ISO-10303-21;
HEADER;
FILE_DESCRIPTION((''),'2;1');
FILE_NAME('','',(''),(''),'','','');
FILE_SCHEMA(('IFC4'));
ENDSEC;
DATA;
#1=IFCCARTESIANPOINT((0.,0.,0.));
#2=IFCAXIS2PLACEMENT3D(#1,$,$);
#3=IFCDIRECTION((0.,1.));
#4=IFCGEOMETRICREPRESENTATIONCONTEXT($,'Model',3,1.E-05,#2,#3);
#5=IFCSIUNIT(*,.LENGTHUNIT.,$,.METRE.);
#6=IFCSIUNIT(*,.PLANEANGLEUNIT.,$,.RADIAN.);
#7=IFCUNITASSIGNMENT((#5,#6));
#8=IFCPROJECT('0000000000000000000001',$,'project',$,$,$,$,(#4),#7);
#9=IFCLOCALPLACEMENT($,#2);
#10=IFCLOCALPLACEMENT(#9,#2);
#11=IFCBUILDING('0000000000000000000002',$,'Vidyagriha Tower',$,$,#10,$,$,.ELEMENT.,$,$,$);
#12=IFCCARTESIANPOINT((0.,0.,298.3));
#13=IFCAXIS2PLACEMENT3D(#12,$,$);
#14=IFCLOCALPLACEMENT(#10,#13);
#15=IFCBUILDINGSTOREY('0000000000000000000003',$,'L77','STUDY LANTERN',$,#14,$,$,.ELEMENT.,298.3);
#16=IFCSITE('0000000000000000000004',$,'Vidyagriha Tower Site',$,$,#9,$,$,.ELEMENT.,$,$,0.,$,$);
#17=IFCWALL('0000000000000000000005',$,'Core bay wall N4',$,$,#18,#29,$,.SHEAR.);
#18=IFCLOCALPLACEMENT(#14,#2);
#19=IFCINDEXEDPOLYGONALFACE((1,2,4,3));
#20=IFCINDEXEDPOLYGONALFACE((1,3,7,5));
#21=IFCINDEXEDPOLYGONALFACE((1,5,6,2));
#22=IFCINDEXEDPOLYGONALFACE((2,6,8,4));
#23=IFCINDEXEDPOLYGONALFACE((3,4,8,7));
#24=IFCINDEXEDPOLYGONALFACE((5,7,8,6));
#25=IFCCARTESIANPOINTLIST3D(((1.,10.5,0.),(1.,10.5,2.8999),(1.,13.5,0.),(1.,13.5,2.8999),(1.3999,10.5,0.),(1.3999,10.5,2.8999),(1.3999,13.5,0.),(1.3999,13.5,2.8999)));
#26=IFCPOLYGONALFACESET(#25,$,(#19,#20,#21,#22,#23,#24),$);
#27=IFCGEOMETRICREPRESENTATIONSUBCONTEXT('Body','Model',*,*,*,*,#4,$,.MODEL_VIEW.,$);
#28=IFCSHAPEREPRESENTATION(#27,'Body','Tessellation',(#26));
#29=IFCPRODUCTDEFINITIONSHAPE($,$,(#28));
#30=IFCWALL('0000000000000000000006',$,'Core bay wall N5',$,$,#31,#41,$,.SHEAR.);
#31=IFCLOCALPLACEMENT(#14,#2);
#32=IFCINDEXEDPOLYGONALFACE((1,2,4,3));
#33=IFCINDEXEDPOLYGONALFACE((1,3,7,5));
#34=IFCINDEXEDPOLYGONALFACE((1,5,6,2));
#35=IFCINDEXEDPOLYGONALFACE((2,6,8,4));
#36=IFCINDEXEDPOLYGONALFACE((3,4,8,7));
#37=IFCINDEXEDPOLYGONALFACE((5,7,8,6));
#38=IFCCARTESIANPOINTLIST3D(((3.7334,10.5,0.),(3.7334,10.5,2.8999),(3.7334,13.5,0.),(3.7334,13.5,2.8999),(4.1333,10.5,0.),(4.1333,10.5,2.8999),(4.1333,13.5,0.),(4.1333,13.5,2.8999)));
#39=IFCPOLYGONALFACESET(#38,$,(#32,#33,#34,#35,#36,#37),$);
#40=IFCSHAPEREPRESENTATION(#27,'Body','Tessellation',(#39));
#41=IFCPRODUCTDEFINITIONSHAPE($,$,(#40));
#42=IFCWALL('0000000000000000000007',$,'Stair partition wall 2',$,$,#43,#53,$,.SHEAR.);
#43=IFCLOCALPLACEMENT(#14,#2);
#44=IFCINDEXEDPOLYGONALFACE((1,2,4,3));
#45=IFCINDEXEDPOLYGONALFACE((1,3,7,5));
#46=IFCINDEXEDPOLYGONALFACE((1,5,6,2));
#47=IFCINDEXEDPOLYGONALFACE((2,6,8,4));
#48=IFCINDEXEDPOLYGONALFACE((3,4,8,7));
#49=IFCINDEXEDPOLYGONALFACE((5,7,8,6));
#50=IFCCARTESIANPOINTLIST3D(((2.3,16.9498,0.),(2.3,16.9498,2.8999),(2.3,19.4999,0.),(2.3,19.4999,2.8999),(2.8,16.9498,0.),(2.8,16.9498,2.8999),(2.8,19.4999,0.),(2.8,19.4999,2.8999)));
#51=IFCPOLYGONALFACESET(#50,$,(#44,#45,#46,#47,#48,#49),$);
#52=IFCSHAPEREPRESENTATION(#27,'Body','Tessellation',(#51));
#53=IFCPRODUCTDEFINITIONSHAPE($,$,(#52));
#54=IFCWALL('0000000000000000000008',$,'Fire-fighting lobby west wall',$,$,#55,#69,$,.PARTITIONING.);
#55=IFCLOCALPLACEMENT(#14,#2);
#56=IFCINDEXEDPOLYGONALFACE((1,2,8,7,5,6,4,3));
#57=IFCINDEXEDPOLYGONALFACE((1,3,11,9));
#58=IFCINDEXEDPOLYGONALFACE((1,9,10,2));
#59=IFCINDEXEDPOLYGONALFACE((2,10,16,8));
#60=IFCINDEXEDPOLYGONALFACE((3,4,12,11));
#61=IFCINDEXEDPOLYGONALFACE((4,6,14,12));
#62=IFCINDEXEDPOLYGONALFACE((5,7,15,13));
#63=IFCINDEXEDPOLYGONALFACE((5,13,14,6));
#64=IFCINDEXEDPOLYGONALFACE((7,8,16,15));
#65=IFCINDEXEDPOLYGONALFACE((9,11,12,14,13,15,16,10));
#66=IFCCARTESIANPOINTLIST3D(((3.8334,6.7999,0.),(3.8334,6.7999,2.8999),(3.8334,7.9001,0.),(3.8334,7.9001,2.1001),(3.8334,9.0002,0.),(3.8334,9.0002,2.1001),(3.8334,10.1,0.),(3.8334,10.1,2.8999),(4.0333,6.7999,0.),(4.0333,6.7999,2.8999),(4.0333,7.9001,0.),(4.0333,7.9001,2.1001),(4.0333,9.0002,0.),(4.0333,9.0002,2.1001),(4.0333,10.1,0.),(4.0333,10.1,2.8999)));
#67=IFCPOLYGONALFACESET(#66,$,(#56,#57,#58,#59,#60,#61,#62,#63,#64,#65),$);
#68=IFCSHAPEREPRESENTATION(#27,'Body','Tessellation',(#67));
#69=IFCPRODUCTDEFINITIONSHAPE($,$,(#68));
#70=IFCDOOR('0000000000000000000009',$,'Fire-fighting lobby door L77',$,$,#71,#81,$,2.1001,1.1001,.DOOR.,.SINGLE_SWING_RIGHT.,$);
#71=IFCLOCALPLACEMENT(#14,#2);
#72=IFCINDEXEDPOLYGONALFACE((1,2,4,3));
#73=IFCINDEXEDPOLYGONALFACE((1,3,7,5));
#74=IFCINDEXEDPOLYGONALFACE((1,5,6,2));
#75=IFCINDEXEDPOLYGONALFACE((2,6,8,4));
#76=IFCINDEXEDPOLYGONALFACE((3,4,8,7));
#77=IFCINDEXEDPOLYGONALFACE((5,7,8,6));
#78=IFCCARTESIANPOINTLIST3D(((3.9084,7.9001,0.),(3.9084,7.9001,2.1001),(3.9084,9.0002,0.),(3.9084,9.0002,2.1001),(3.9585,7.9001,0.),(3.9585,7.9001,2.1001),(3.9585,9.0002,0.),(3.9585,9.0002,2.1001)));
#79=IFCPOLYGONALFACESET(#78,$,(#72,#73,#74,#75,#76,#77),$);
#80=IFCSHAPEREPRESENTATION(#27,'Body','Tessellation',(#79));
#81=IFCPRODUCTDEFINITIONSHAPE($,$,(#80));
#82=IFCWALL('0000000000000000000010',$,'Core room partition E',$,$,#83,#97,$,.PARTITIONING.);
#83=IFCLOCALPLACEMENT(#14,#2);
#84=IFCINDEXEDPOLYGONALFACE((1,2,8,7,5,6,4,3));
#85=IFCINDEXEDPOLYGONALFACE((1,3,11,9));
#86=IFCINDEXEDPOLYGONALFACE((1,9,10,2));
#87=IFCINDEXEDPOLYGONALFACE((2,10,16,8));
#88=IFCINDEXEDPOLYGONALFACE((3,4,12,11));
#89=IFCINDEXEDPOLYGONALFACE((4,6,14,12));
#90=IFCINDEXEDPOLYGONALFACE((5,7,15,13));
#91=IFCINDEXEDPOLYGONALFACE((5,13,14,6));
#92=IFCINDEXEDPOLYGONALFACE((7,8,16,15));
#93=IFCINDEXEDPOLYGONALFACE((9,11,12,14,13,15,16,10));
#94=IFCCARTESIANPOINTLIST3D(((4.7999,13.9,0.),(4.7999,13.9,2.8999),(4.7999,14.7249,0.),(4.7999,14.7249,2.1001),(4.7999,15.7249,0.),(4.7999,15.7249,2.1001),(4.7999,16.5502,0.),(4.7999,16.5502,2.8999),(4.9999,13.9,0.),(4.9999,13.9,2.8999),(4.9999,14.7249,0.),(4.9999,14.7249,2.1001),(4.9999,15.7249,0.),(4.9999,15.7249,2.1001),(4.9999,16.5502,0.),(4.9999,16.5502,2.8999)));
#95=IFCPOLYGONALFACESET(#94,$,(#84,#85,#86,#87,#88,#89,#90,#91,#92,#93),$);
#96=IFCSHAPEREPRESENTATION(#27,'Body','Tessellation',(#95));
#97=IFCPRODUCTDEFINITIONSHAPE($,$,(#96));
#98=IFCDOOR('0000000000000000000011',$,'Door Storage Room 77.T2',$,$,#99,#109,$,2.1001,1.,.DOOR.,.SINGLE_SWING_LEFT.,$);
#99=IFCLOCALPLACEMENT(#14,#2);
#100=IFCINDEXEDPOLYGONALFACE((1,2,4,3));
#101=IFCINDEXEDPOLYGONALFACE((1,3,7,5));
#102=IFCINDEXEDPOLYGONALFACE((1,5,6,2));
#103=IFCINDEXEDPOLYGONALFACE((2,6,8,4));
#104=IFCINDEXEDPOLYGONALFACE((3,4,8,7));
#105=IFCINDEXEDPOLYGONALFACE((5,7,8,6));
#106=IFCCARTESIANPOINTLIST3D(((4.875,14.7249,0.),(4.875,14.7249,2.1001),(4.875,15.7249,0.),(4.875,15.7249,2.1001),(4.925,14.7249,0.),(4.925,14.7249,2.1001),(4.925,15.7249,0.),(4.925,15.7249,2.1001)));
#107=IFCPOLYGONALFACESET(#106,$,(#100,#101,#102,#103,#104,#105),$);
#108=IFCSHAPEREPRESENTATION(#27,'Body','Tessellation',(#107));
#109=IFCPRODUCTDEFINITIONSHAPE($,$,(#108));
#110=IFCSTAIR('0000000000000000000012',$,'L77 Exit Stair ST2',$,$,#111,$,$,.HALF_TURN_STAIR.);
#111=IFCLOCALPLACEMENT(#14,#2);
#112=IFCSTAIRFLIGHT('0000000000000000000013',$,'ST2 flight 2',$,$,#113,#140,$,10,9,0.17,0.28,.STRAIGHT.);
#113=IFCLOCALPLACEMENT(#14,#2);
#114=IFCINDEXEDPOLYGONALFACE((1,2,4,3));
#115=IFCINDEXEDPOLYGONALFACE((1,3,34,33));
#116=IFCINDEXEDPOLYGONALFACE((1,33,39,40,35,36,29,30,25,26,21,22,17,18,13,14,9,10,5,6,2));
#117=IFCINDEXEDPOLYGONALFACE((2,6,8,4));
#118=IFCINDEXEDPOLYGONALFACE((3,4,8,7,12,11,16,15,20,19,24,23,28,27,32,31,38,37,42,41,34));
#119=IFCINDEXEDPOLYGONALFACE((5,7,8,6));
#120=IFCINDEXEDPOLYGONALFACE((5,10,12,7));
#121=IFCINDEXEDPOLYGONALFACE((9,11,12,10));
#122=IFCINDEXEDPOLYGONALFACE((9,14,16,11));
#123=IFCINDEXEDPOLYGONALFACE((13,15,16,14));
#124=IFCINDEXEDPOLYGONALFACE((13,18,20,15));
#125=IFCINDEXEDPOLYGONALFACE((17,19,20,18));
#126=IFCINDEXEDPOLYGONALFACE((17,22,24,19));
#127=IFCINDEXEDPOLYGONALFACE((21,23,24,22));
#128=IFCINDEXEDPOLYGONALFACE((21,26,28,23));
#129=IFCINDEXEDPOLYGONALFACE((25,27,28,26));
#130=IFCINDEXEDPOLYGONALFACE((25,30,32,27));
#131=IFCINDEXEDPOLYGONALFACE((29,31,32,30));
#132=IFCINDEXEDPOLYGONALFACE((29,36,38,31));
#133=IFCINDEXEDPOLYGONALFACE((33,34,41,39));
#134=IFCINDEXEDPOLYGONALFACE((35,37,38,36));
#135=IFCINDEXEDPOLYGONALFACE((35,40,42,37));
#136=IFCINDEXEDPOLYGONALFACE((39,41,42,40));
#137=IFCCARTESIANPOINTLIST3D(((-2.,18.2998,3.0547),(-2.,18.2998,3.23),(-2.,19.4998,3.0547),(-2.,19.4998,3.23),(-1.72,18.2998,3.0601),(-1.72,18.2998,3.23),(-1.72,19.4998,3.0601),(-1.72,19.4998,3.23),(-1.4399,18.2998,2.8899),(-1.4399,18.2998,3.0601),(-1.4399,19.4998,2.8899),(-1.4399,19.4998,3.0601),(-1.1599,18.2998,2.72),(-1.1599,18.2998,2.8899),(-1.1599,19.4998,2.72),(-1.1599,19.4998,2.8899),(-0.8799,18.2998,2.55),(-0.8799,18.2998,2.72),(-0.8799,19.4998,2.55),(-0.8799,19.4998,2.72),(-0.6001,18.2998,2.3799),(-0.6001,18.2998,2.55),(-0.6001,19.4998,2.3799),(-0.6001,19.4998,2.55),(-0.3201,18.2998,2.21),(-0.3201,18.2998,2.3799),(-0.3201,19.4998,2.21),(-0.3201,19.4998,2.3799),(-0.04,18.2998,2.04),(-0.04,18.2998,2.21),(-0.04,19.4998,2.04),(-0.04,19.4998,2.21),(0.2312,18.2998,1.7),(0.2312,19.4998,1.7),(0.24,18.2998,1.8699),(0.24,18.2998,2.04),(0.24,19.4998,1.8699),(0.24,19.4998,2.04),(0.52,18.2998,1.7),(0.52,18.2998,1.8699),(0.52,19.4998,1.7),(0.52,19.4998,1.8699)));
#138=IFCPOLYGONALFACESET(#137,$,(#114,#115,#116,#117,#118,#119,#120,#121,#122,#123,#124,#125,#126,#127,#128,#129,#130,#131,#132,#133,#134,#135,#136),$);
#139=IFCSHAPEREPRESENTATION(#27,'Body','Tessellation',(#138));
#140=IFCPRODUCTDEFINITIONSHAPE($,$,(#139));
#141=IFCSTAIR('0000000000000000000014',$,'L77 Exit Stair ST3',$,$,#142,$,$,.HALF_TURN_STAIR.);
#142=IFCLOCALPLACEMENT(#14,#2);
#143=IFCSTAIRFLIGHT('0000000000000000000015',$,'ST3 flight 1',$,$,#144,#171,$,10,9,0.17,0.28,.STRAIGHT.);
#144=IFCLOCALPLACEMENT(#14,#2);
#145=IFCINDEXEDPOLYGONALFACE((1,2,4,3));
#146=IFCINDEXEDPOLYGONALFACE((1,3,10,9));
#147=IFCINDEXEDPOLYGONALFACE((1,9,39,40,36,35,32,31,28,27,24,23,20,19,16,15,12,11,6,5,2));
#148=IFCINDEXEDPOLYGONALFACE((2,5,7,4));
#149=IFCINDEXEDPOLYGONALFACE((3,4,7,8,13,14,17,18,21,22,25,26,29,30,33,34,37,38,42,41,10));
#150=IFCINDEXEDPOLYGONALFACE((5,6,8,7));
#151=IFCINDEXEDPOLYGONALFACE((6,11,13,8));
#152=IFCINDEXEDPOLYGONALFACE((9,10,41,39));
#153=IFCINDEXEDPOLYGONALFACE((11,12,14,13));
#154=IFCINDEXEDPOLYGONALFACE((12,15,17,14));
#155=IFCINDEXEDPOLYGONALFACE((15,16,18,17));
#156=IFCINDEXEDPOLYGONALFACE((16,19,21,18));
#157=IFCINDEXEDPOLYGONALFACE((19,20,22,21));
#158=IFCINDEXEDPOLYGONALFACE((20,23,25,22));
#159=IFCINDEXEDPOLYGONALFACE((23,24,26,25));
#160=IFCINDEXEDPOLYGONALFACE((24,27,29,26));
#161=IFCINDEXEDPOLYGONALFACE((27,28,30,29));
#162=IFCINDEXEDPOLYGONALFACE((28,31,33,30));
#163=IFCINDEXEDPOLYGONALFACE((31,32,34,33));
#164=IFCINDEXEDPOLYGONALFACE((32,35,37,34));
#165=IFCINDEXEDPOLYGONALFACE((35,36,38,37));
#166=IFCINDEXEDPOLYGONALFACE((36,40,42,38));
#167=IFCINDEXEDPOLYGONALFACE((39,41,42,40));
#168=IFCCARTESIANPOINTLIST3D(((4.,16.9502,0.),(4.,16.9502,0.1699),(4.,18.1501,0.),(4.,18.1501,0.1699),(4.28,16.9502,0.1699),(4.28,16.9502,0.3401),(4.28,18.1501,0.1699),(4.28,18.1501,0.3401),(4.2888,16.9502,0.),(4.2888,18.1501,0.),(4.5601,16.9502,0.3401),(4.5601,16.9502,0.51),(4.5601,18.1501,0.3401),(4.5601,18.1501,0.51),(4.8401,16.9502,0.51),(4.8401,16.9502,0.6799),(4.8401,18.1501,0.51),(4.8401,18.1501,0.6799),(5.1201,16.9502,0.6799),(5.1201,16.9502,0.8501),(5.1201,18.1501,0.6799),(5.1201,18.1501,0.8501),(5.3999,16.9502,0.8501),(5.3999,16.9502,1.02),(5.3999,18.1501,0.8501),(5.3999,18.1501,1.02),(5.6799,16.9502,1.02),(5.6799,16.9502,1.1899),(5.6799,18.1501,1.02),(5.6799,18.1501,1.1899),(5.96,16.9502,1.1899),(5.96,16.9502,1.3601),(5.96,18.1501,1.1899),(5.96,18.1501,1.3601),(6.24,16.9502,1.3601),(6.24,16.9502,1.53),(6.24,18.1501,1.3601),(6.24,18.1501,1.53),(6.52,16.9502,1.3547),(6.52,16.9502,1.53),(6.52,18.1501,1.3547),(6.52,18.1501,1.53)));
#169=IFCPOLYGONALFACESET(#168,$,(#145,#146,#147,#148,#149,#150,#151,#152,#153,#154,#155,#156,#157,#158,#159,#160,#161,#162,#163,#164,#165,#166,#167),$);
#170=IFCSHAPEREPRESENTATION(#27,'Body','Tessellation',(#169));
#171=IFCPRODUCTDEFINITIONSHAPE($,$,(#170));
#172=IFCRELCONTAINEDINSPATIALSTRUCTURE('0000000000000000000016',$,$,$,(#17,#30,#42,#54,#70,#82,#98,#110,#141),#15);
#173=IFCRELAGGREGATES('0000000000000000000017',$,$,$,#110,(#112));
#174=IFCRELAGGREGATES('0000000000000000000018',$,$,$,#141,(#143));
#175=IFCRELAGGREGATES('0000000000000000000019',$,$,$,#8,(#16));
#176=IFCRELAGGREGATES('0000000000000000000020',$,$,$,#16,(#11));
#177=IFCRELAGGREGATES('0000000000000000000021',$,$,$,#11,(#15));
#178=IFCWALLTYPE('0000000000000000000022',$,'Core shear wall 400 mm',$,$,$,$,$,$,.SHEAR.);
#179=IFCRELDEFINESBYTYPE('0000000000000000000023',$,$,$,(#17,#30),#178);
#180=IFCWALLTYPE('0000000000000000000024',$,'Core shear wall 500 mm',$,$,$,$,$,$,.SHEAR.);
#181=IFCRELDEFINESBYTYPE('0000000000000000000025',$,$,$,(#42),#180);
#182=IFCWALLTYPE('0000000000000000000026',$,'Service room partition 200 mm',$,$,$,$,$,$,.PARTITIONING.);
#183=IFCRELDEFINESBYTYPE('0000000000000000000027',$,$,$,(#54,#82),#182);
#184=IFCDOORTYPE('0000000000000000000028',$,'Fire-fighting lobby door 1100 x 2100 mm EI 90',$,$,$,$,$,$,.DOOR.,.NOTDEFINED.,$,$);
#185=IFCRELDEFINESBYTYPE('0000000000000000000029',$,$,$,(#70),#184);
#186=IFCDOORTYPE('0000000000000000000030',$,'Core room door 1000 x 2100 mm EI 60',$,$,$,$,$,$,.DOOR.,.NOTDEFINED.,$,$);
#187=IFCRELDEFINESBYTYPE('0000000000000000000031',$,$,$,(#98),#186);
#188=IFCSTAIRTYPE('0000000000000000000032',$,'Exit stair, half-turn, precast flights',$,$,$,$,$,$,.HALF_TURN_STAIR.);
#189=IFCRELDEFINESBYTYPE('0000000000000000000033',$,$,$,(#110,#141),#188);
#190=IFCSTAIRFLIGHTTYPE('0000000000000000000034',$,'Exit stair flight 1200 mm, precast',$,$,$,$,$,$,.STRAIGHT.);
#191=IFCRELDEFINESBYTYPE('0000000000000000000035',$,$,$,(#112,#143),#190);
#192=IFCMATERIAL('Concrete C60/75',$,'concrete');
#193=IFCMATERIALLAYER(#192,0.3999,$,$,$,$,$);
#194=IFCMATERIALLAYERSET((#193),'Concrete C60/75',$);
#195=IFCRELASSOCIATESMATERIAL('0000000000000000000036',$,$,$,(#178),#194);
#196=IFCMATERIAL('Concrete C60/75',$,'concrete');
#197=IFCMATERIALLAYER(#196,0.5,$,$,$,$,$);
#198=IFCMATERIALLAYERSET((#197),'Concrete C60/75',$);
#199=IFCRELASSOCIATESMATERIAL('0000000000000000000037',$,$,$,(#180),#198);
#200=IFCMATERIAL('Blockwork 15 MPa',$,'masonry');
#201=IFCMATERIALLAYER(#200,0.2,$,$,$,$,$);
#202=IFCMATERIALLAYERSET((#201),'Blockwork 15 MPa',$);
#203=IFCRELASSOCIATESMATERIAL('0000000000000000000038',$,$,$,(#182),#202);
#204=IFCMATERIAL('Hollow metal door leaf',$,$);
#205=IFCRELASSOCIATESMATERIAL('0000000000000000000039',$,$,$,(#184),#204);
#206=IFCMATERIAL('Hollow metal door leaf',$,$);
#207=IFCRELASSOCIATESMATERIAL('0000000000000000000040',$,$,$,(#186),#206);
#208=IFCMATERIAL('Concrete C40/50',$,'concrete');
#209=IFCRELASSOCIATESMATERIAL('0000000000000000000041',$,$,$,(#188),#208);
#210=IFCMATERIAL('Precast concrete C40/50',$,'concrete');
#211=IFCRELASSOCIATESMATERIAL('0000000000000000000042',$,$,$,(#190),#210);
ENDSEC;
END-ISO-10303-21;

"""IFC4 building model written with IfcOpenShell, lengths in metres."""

from ifc_helpers import new_model, si_unit, direction, frame, frame_2d, origin, place, context, subcontext, project, spatial, polyline, rectangle, outline, extrude, material, layer, layer_set, type_object, element, fill, aggregate, save


model = new_model("IFC4")

# Units and contexts
model_context = context("Model", 3, precision=1e-05, world=origin(), true_north=direction((0.0, 1.0)))
body_context = subcontext(model_context, "Body", "Model", "MODEL_VIEW")
ifc_project = project(units=[si_unit("LENGTHUNIT", "METRE"), si_unit("PLANEANGLEUNIT", "RADIAN")], contexts=[model_context])

# Site, building, storey
site_placement = place(None, origin())
site = spatial("IfcSite", under=ifc_project, at=site_placement, Name="Vidyagriha Tower Site", CompositionType="ELEMENT", RefElevation=0.0)
building_placement = place(site_placement, origin())
building = spatial("IfcBuilding", under=site, at=building_placement, Name="Vidyagriha Tower", CompositionType="ELEMENT")
storey_placement = place(building_placement, frame((0.0, 0.0, 298.3)))
storey = spatial("IfcBuildingStorey", under=building, at=storey_placement, Name="L77", Description="STUDY LANTERN", CompositionType="ELEMENT", Elevation=298.3)

# Shared definitions
ifc_material_1 = material(Name="Concrete C60/75", Category="concrete")
ifc_layer_1 = layer(ifc_material_1, 0.3999)
ifc_layer_set_1 = layer_set([ifc_layer_1], Name="Concrete C60/75")
wall_type_1 = type_object("IfcWallType", Name="Core shear wall 400 mm", PredefinedType="SHEAR", material=ifc_layer_set_1)

# Walls
for number, where, z_axis, x_axis, name in (
    (1, (1.2, 10.5, 0.0), (0.0, 0.0, 1.0), (0.0, 1.0, 0.0), "Core bay wall N4"),
    (2, (3.9333, 10.5, 0.0), (0.0, 0.0, 1.0), (0.0, 1.0, 0.0), "Core bay wall N5"),
):
    element("IfcWall", number, at=place(storey_placement, frame(where, z_axis=z_axis, x_axis=x_axis)), inside=storey, type_object=wall_type_1, Name=name, PredefinedType="SHEAR", context=body_context, shape_type="SweptSolid", body=[
        extrude(rectangle(XDim=3.0, YDim=0.3999, at=frame_2d((1.5, 0.0))), origin(), (0.0, 0.0, 1.0), 2.8999),
    ])
ifc_material_2 = material(Name="Concrete C60/75", Category="concrete")
ifc_layer_2 = layer(ifc_material_2, 0.5)
ifc_layer_set_2 = layer_set([ifc_layer_2], Name="Concrete C60/75")
wall_type_2 = type_object("IfcWallType", Name="Core shear wall 500 mm", PredefinedType="SHEAR", material=ifc_layer_set_2)
wall_1_placement = place(storey_placement, frame((2.55, 16.95, 0.0), z_axis=(0.0, 0.0, 1.0), x_axis=(0.0, 1.0, 0.0)))
element("IfcWall", 3, at=wall_1_placement, inside=storey, type_object=wall_type_2, Name="Stair partition wall 2", PredefinedType="SHEAR", context=body_context, shape_type="SweptSolid", body=[
    extrude(rectangle(XDim=2.55, YDim=0.5, at=frame_2d((1.2749, 0.0))), origin(), (0.0, 0.0, 1.0), 2.8999),
])

# Walls, openings, doors
ifc_material_3 = material(Name="Blockwork 15 MPa", Category="masonry")
ifc_layer_3 = layer(ifc_material_3, 0.2)
ifc_layer_set_3 = layer_set([ifc_layer_3], Name="Blockwork 15 MPa")
wall_type_3 = type_object("IfcWallType", Name="Service room partition 200 mm", PredefinedType="PARTITIONING", material=ifc_layer_set_3)
wall_2_placement = place(storey_placement, frame((3.9333, 6.8, 0.0), z_axis=(0.0, 0.0, 1.0), x_axis=(0.0, 1.0, 0.0)))
wall_2 = element("IfcWall", 4, at=wall_2_placement, inside=storey, type_object=wall_type_3, Name="Fire-fighting lobby west wall", PredefinedType="PARTITIONING", context=body_context, shape_type="SweptSolid", body=[
    extrude(rectangle(XDim=3.3, YDim=0.2, at=frame_2d((1.6499, 0.0))), origin(), (0.0, 0.0, 1.0), 2.8999),
])
opening_1_placement = place(wall_2_placement, frame((1.1001, 0.0, 0.0)))
opening_1 = element("IfcOpeningElement", 5, at=opening_1_placement, cuts=wall_2, PredefinedType="OPENING", context=body_context, shape_type="SweptSolid", body=[
    extrude(rectangle(XDim=1.1001, YDim=2.1001, at=frame_2d((0.55, 1.05))), frame((0.0, 0.1099, 0.0), z_axis=(0.0, -1.0, 0.0), x_axis=(1.0, 0.0, 0.0)), (0.0, 0.0, 1.0), 0.22),
])
ifc_material_4 = material(Name="Hollow metal door leaf")
door_type_1 = type_object("IfcDoorType", Name="Fire-fighting lobby door 1100 x 2100 mm EI 90", OperationType="NOTDEFINED", PredefinedType="DOOR", material=ifc_material_4)
door_1_placement = place(opening_1_placement, origin())
door_1 = element("IfcDoor", 6, at=door_1_placement, inside=storey, type_object=door_type_1, Name="Fire-fighting lobby door L77", OperationType="SINGLE_SWING_RIGHT", OverallHeight=2.1001, OverallWidth=1.1001, PredefinedType="DOOR", context=body_context, shape_type="SweptSolid", body=[
    extrude(rectangle(XDim=1.1001, YDim=2.1001, at=frame_2d((0.55, 1.05))), frame((0.0, 0.0249, 0.0), z_axis=(0.0, -1.0, 0.0), x_axis=(1.0, 0.0, 0.0)), (0.0, 0.0, 1.0), 0.05),
])
fill(opening_1, door_1)
wall_3_placement = place(storey_placement, frame((4.8999, 13.8999, 0.0), z_axis=(0.0, 0.0, 1.0), x_axis=(0.0, 1.0, 0.0)))
wall_3 = element("IfcWall", 7, at=wall_3_placement, inside=storey, type_object=wall_type_3, Name="Core room partition E", PredefinedType="PARTITIONING", context=body_context, shape_type="SweptSolid", body=[
    extrude(rectangle(XDim=2.6501, YDim=0.2, at=frame_2d((1.3252, 0.0))), origin(), (0.0, 0.0, 1.0), 2.8999),
])
opening_2_placement = place(wall_3_placement, frame((0.825, 0.0, 0.0)))
opening_2 = element("IfcOpeningElement", 8, at=opening_2_placement, cuts=wall_3, PredefinedType="OPENING", context=body_context, shape_type="SweptSolid", body=[
    extrude(rectangle(XDim=1.0, YDim=2.1001, at=frame_2d((0.5, 1.05))), frame((0.0, 0.1099, 0.0), z_axis=(0.0, -1.0, 0.0), x_axis=(1.0, 0.0, 0.0)), (0.0, 0.0, 1.0), 0.22),
])
ifc_material_5 = material(Name="Hollow metal door leaf")
door_type_2 = type_object("IfcDoorType", Name="Core room door 1000 x 2100 mm EI 60", OperationType="NOTDEFINED", PredefinedType="DOOR", material=ifc_material_5)
door_2_placement = place(opening_2_placement, origin())
door_2 = element("IfcDoor", 9, at=door_2_placement, inside=storey, type_object=door_type_2, Name="Door Storage Room 77.T2", OperationType="SINGLE_SWING_LEFT", OverallHeight=2.1001, OverallWidth=1.0, PredefinedType="DOOR", context=body_context, shape_type="SweptSolid", body=[
    extrude(rectangle(XDim=1.0, YDim=2.1001, at=frame_2d((0.5, 1.05))), frame((0.0, 0.0249, 0.0), z_axis=(0.0, -1.0, 0.0), x_axis=(1.0, 0.0, 0.0)), (0.0, 0.0, 1.0), 0.05),
])
fill(opening_2, door_2)

# Stair, stair flight
ifc_material_6 = material(Name="Concrete C40/50", Category="concrete")
stair_type = type_object("IfcStairType", Name="Exit stair, half-turn, precast flights", PredefinedType="HALF_TURN_STAIR", material=ifc_material_6)
stair_1_placement = place(storey_placement, origin())
stair_1 = element("IfcStair", 10, at=stair_1_placement, inside=storey, type_object=stair_type, Name="L77 Exit Stair ST2", PredefinedType="HALF_TURN_STAIR")
ifc_material_7 = material(Name="Precast concrete C40/50", Category="concrete")
stair_flight_type = type_object("IfcStairFlightType", Name="Exit stair flight 1200 mm, precast", PredefinedType="STRAIGHT", material=ifc_material_7)
stair_flight_1_placement = place(storey_placement, frame((0.52, 18.8999, 1.7), z_axis=(0.0, 0.0, 1.0), x_axis=(-1.0, 0.0, 0.0)))
stair_flight_1 = element("IfcStairFlight", 11, at=stair_flight_1_placement, type_object=stair_flight_type, Name="ST2 flight 2", NumberOfRisers=10, NumberOfTreads=9, PredefinedType="STRAIGHT", RiserHeight=0.17, TreadLength=0.28, context=body_context, shape_type="SweptSolid", body=[
    extrude(outline(polyline([(0.0, 0.0), (0.0, 0.1699), (0.28, 0.1699), (0.28, 0.3401), (0.5601, 0.3401), (0.5601, 0.51), (0.8401, 0.51), (0.8401, 0.6799), (1.1201, 0.6799), (1.1201, 0.8501), (1.3999, 0.8501), (1.3999, 1.02), (1.6799, 1.02), (1.6799, 1.1899), (1.96, 1.1899), (1.96, 1.3601), (2.24, 1.3601), (2.24, 1.53), (2.52, 1.53), (2.52, 1.7), (2.52, 1.3547), (0.2888, 0.0), (0.0, 0.0)])), frame((0.0, 0.6001, 0.0), z_axis=(0.0, -1.0, 0.0), x_axis=(1.0, 0.0, 0.0)), (0.0, 0.0, 1.0), 1.2),
])
aggregate(stair_1, [stair_flight_1])

# Stair, stair flight
stair_2_placement = place(storey_placement, origin())
stair_2 = element("IfcStair", 12, at=stair_2_placement, inside=storey, type_object=stair_type, Name="L77 Exit Stair ST3", PredefinedType="HALF_TURN_STAIR")
stair_flight_2_placement = place(storey_placement, frame((4.0, 17.55, 0.0)))
stair_flight_2 = element("IfcStairFlight", 13, at=stair_flight_2_placement, type_object=stair_flight_type, Name="ST3 flight 1", NumberOfRisers=10, NumberOfTreads=9, PredefinedType="STRAIGHT", RiserHeight=0.17, TreadLength=0.28, context=body_context, shape_type="SweptSolid", body=[
    extrude(outline(polyline([(0.0, 0.0), (0.0, 0.1699), (0.28, 0.1699), (0.28, 0.3401), (0.5601, 0.3401), (0.5601, 0.51), (0.8401, 0.51), (0.8401, 0.6799), (1.1201, 0.6799), (1.1201, 0.8501), (1.3999, 0.8501), (1.3999, 1.02), (1.6799, 1.02), (1.6799, 1.1899), (1.96, 1.1899), (1.96, 1.3601), (2.24, 1.3601), (2.24, 1.53), (2.52, 1.53), (2.52, 1.7), (2.52, 1.3547), (0.2888, 0.0), (0.0, 0.0)])), frame((0.0, 0.6001, 0.0), z_axis=(0.0, -1.0, 0.0), x_axis=(1.0, 0.0, 0.0)), (0.0, 0.0, 1.0), 1.2),
])
aggregate(stair_2, [stair_flight_2])

save(model, "model.ifc")
